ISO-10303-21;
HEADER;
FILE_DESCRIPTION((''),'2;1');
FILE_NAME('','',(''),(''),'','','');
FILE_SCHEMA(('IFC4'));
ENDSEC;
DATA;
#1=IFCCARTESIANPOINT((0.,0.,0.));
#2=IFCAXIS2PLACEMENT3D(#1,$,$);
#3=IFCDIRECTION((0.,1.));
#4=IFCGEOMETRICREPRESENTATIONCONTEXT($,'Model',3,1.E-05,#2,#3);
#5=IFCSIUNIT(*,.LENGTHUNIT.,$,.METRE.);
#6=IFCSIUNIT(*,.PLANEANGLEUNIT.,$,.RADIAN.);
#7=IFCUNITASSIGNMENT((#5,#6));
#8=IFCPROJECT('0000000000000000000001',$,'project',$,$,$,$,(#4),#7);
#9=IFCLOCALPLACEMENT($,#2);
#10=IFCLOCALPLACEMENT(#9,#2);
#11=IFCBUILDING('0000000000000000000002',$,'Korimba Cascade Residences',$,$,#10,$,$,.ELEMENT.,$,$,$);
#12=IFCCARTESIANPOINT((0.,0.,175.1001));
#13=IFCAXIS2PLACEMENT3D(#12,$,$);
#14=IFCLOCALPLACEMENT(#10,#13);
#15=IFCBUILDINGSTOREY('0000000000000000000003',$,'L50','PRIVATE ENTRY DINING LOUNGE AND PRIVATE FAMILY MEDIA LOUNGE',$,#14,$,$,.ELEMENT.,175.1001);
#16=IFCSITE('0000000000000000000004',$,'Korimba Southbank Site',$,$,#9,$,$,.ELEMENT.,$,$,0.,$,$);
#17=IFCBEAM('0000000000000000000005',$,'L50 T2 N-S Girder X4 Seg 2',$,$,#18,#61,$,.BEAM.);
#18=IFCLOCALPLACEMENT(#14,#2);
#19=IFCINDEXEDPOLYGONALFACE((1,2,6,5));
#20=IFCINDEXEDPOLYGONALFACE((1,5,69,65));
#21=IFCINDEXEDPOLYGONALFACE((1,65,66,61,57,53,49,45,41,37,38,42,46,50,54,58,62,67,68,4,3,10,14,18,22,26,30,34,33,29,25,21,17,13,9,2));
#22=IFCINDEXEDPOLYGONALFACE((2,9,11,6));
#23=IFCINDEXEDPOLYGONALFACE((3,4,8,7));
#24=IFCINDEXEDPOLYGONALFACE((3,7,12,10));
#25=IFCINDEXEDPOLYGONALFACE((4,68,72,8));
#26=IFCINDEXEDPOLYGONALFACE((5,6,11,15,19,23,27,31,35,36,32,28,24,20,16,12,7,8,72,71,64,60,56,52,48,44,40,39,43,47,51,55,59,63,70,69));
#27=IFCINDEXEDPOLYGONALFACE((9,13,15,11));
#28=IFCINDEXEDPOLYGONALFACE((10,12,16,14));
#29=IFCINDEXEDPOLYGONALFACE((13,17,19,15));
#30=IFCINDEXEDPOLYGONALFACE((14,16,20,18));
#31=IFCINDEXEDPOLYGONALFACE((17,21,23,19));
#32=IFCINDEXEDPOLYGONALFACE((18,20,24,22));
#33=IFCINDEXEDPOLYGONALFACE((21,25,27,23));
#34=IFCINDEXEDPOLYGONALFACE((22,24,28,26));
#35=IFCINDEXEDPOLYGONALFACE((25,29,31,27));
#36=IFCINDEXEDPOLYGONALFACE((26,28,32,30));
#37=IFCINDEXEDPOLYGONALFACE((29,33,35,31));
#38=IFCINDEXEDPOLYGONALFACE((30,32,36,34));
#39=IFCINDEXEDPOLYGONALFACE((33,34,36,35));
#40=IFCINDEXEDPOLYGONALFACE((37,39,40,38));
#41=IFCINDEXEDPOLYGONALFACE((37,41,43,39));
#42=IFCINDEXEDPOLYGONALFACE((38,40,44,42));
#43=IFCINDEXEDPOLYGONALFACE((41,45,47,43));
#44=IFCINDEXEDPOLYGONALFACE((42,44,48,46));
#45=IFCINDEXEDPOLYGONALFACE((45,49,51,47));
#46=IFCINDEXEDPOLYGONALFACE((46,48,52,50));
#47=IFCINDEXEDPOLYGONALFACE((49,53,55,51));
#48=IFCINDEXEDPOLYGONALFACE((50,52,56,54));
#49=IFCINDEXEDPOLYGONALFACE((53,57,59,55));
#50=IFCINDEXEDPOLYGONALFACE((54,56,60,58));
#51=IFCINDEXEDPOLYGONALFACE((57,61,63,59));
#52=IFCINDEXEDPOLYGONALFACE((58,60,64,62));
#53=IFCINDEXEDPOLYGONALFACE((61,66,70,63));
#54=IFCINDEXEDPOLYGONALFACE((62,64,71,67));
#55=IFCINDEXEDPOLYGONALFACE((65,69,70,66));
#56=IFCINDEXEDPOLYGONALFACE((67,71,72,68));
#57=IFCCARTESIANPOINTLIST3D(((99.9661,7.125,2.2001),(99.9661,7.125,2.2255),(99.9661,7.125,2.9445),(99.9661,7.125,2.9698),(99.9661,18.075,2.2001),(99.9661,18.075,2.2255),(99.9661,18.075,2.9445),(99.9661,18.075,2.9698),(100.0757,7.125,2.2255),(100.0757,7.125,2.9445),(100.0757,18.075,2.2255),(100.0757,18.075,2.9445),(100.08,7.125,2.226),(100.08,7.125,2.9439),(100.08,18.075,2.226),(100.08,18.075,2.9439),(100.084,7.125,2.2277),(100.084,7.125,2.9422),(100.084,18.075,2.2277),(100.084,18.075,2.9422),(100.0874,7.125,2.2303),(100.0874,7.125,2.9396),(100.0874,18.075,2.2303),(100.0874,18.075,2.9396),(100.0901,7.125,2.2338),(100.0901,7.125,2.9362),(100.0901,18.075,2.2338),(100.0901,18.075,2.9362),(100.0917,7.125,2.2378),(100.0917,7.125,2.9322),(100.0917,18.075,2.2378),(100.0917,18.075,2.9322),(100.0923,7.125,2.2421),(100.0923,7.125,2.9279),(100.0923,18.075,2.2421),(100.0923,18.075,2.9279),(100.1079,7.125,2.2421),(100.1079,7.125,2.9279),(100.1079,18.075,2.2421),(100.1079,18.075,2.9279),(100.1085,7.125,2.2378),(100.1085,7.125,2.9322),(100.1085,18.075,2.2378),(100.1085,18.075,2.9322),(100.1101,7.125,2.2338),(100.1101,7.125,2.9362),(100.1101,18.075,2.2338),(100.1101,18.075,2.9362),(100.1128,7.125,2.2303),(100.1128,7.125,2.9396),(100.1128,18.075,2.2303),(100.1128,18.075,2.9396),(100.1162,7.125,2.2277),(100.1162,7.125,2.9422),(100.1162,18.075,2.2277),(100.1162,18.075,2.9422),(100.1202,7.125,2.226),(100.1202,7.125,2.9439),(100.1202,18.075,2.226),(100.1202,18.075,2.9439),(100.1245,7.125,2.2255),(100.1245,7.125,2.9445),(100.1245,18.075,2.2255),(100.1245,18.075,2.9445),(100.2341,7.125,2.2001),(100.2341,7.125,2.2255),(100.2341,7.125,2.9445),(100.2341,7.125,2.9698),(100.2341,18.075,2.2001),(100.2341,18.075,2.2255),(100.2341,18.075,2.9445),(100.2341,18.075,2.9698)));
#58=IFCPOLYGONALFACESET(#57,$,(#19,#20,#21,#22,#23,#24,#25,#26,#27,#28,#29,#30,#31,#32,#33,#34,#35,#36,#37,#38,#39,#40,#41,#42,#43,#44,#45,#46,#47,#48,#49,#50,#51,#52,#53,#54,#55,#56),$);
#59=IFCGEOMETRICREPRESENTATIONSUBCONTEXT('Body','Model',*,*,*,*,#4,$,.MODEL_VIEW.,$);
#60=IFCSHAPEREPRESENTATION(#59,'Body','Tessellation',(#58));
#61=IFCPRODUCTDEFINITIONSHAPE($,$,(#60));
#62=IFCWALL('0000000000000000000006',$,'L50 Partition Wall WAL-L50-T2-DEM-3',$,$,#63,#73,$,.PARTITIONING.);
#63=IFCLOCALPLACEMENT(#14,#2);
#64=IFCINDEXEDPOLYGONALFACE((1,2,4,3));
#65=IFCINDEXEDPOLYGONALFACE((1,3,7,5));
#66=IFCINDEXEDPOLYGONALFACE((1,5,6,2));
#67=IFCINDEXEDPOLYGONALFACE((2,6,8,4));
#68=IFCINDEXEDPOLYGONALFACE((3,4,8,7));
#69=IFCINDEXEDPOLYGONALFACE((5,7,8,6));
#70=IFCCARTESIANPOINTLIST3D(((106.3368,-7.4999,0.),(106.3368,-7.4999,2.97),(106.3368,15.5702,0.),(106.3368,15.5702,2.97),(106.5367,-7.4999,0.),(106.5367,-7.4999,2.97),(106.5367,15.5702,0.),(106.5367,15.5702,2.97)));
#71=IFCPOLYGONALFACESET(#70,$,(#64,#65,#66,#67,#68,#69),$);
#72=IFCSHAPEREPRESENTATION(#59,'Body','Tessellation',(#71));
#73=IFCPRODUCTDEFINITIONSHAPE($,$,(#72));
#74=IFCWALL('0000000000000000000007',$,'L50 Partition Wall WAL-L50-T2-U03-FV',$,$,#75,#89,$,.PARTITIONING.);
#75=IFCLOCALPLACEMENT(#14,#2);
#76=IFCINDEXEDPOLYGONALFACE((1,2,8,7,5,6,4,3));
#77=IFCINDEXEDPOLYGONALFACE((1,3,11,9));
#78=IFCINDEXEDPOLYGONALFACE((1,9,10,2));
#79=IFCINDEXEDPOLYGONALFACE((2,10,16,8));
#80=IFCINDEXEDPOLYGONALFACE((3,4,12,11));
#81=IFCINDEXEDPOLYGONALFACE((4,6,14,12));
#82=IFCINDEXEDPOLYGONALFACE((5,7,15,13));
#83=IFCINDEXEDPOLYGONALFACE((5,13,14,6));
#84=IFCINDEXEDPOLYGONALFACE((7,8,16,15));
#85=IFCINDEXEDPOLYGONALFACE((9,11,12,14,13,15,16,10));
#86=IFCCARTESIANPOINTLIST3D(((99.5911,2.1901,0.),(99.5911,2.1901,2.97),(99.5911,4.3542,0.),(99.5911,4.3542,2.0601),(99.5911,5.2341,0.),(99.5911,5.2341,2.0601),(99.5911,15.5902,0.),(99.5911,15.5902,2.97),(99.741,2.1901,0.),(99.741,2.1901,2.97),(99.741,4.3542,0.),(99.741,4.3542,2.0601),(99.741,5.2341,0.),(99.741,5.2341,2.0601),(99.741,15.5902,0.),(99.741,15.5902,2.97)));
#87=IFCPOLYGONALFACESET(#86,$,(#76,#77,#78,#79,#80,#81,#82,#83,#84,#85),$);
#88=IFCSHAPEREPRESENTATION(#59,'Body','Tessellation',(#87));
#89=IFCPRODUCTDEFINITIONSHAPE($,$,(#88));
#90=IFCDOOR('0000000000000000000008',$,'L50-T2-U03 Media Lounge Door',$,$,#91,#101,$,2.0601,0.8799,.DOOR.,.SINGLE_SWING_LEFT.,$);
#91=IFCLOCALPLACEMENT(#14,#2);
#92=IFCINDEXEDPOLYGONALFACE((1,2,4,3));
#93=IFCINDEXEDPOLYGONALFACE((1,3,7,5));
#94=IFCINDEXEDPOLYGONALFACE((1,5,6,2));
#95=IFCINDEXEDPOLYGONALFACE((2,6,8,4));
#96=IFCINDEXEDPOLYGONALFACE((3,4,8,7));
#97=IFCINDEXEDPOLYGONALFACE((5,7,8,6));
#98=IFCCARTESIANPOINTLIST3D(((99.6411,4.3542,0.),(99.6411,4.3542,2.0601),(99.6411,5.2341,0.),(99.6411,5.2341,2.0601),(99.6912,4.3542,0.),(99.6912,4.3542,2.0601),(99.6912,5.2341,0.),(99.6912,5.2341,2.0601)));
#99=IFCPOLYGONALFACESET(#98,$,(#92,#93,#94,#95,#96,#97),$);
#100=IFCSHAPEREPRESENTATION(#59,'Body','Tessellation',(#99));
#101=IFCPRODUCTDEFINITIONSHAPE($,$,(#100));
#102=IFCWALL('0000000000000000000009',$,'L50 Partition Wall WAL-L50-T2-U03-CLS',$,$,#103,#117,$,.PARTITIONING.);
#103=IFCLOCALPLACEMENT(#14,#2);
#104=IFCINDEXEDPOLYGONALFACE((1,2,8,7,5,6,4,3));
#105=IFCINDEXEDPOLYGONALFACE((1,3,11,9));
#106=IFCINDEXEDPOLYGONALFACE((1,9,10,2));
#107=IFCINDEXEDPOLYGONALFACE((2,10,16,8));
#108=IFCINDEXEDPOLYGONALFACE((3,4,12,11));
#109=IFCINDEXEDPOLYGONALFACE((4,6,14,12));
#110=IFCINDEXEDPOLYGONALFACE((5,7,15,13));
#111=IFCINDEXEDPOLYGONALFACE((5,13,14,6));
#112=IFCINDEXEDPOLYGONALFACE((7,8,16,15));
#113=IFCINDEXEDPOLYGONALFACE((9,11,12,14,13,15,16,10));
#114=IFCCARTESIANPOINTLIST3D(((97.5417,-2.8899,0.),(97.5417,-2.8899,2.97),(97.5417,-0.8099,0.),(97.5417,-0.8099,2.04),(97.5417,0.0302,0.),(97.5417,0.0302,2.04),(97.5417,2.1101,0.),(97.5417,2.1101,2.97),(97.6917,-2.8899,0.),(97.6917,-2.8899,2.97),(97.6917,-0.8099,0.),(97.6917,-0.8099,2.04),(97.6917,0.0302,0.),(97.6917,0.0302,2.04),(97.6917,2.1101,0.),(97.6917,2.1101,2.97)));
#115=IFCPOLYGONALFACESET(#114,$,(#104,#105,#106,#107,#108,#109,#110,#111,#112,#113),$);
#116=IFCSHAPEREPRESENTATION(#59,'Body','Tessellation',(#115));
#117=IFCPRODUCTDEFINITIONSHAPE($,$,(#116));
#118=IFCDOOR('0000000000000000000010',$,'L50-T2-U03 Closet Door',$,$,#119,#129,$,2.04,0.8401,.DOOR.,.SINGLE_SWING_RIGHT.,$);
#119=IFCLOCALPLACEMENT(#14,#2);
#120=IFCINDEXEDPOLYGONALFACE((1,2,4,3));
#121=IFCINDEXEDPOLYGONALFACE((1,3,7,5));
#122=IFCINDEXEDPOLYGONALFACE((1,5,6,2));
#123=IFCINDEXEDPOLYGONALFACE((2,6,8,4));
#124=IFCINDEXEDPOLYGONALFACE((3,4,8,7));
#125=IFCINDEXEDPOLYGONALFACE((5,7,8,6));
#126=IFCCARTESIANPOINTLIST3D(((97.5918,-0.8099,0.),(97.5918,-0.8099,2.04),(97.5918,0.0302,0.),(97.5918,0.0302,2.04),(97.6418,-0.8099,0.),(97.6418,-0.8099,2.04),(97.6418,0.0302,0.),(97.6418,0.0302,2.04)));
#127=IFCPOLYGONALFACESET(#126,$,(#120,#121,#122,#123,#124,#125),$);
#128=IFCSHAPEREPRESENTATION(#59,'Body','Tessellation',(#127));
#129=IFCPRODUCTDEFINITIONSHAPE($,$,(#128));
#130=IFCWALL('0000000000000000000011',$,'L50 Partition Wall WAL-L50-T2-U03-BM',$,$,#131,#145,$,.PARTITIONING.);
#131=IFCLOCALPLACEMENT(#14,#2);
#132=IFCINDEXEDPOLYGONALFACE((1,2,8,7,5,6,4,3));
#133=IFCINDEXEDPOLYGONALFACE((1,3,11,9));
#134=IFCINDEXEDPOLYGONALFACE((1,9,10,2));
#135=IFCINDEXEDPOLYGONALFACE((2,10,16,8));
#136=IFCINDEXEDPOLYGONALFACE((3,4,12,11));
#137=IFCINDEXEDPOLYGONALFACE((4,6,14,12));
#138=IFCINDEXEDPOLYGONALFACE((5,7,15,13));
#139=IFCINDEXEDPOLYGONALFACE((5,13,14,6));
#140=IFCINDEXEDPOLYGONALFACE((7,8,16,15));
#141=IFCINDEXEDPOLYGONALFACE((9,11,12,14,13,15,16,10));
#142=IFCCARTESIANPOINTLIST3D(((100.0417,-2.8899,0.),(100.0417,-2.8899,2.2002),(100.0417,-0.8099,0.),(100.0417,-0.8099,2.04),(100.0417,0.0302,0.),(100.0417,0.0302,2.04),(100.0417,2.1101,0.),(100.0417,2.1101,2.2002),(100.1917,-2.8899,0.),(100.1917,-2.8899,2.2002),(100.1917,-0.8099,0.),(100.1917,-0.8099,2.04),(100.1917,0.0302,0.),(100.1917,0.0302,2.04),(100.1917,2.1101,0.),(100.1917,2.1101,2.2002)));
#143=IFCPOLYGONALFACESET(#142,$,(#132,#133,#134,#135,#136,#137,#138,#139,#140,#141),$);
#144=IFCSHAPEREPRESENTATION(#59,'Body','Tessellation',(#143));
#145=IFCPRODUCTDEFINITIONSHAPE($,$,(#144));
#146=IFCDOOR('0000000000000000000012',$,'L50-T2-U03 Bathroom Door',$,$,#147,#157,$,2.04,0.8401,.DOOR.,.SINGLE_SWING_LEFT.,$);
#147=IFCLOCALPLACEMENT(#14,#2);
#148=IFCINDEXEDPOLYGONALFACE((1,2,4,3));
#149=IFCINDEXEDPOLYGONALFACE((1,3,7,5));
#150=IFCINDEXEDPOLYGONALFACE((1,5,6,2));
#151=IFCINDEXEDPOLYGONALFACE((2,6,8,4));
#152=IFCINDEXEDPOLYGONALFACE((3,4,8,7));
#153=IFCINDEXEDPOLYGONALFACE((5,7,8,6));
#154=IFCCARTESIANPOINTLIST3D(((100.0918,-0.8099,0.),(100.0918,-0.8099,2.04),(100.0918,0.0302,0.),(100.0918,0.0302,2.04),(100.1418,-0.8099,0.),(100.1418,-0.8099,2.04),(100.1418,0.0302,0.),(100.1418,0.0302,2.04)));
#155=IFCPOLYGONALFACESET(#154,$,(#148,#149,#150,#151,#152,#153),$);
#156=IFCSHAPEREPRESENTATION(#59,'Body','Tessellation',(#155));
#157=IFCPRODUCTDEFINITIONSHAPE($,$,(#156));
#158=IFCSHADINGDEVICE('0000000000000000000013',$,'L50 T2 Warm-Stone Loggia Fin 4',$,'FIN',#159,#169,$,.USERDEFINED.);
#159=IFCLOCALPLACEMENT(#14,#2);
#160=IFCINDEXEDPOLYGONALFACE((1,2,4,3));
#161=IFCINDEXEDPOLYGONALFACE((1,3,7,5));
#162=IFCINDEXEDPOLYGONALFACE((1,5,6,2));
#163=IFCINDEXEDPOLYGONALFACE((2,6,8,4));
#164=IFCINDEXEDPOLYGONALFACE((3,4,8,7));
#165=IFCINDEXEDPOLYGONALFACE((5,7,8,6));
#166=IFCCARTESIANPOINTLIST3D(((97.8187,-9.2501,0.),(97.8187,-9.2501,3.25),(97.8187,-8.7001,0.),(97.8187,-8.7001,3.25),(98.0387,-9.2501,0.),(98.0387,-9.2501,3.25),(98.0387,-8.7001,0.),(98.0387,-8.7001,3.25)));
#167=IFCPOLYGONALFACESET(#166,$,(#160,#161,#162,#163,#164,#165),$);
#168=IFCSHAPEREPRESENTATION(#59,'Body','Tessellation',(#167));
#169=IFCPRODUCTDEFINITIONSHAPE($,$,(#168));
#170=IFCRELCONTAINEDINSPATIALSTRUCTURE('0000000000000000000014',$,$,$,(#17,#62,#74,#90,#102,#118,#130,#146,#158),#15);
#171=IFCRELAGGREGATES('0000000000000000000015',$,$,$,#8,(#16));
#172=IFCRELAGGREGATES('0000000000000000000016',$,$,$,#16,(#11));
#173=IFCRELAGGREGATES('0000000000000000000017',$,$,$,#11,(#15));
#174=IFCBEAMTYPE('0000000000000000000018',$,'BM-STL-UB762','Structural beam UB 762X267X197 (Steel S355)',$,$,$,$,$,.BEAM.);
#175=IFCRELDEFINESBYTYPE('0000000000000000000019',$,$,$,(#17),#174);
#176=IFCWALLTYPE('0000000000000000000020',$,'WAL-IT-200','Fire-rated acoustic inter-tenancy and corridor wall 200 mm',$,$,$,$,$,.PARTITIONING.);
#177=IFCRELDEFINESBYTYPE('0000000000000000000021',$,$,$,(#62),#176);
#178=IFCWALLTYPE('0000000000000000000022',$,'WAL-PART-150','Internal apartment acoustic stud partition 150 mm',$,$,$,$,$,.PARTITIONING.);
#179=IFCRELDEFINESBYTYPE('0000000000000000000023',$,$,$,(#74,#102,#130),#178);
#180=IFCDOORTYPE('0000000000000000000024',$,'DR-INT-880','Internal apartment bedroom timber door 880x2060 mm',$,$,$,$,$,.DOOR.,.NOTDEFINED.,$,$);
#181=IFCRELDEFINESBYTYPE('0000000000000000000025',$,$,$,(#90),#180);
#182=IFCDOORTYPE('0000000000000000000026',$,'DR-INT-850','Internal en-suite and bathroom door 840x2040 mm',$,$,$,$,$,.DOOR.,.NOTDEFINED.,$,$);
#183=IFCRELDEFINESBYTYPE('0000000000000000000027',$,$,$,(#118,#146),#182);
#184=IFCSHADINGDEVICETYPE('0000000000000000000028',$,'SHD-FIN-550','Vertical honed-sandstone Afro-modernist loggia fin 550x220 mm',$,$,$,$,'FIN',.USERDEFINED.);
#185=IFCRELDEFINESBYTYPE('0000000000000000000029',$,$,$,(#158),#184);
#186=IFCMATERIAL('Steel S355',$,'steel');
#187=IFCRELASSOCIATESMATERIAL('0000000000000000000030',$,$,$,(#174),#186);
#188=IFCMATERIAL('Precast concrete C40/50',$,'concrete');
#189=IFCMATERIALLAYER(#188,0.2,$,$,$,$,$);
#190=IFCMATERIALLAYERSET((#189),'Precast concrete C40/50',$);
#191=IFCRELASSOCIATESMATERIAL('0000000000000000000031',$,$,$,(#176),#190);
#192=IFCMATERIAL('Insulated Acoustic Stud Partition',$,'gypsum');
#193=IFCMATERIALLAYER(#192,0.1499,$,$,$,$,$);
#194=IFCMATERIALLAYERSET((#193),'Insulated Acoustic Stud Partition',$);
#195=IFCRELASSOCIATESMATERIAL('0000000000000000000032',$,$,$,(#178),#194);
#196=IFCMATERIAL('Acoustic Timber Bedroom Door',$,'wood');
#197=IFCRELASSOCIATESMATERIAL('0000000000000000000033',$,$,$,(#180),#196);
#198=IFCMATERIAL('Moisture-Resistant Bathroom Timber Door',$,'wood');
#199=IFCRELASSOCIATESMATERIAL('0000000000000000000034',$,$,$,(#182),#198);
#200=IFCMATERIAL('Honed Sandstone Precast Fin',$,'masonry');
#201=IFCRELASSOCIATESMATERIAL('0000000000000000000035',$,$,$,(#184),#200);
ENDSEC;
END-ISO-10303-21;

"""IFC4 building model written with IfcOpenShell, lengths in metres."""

from ifc_helpers import new_model, si_unit, direction, frame, frame_2d, origin, origin_2d, place, context, subcontext, project, spatial, rectangle, i_section, extrude, material, layer, layer_set, material_profile, profile_set, type_object, element, fill, save


model = new_model("IFC4")

# Units and contexts
model_context = context("Model", 3, precision=1e-05, world=origin(), true_north=direction((0.0, 1.0)))
body_context = subcontext(model_context, "Body", "Model", "MODEL_VIEW")
ifc_project = project(units=[si_unit("LENGTHUNIT", "METRE"), si_unit("PLANEANGLEUNIT", "RADIAN")], contexts=[model_context])

# Site, building, storey
site_placement = place(None, origin())
site = spatial("IfcSite", under=ifc_project, at=site_placement, Name="Korimba Southbank Site", CompositionType="ELEMENT", RefElevation=0.0)
building_placement = place(site_placement, origin())
building = spatial("IfcBuilding", under=site, at=building_placement, Name="Korimba Cascade Residences", CompositionType="ELEMENT")
storey_placement = place(building_placement, frame((0.0, 0.0, 175.1001)))
storey = spatial("IfcBuildingStorey", under=building, at=storey_placement, Name="L50", Description="PRIVATE ENTRY DINING LOUNGE AND PRIVATE FAMILY MEDIA LOUNGE", CompositionType="ELEMENT", Elevation=175.1001)

# Beam
ifc_material_1 = material(Name="Steel S355", Category="steel")
ifc_material_profile_1 = material_profile(ifc_material_1, i_section(OverallWidth=0.2681, OverallDepth=0.7698, WebThickness=0.0156, FlangeThickness=0.0254, FilletRadius=0.0166, at=origin_2d()), Name="Steel S355")
ifc_profile_set_1 = profile_set([ifc_material_profile_1], Name="Steel S355")
beam_type_1 = type_object("IfcBeamType", Name="BM-STL-UB762", Description="Structural beam UB 762X267X197 (Steel S355)", PredefinedType="BEAM", material=ifc_profile_set_1)
beam_1_placement = place(storey_placement, frame((100.1001, 7.125, 2.585), z_axis=(0.0, 1.0, 0.0), x_axis=(-1.0, 0.0, 0.0)))
element("IfcBeam", 1, at=beam_1_placement, inside=storey, type_object=beam_type_1, Name="L50 T2 N-S Girder X4 Seg 2", PredefinedType="BEAM", context=body_context, shape_type="SweptSolid", body=[
    extrude(i_section(OverallWidth=0.2681, OverallDepth=0.7698, WebThickness=0.0156, FlangeThickness=0.0254, FilletRadius=0.0166, at=origin_2d()), origin(), (0.0, 0.0, 1.0), 10.95),
])

# Wall
ifc_material_2 = material(Name="Precast concrete C40/50", Category="concrete")
ifc_layer_1 = layer(ifc_material_2, 0.2)
ifc_layer_set_1 = layer_set([ifc_layer_1], Name="Precast concrete C40/50")
wall_type_1 = type_object("IfcWallType", Name="WAL-IT-200", Description="Fire-rated acoustic inter-tenancy and corridor wall 200 mm", PredefinedType="PARTITIONING", material=ifc_layer_set_1)
wall_1_placement = place(storey_placement, frame((106.4368, -7.5, 0.0), z_axis=(0.0, 0.0, 1.0), x_axis=(0.0, 1.0, 0.0)))
element("IfcWall", 2, at=wall_1_placement, inside=storey, type_object=wall_type_1, Name="L50 Partition Wall WAL-L50-T2-DEM-3", PredefinedType="PARTITIONING", context=body_context, shape_type="SweptSolid", body=[
    extrude(rectangle(XDim=23.0701, YDim=0.2, at=frame_2d((11.5352, 0.0))), origin(), (0.0, 0.0, 1.0), 2.97),
])

# Walls, openings, doors
ifc_material_3 = material(Name="Insulated Acoustic Stud Partition", Category="gypsum")
ifc_layer_2 = layer(ifc_material_3, 0.1499)
ifc_layer_set_2 = layer_set([ifc_layer_2], Name="Insulated Acoustic Stud Partition")
wall_type_2 = type_object("IfcWallType", Name="WAL-PART-150", Description="Internal apartment acoustic stud partition 150 mm", PredefinedType="PARTITIONING", material=ifc_layer_set_2)
wall_2_placement = place(storey_placement, frame((99.666, 2.1899, 0.0), z_axis=(0.0, 0.0, 1.0), x_axis=(0.0, 1.0, 0.0)))
wall_2 = element("IfcWall", 3, at=wall_2_placement, inside=storey, type_object=wall_type_2, Name="L50 Partition Wall WAL-L50-T2-U03-FV", PredefinedType="PARTITIONING", context=body_context, shape_type="SweptSolid", body=[
    extrude(rectangle(XDim=13.4001, YDim=0.1499, at=frame_2d((6.7002, 0.0))), origin(), (0.0, 0.0, 1.0), 2.97),
])
opening_1_placement = place(wall_2_placement, frame((2.1643, 0.0, 0.0)))
opening_1 = element("IfcOpeningElement", 4, at=opening_1_placement, cuts=wall_2, PredefinedType="OPENING", context=body_context, shape_type="SweptSolid", body=[
    extrude(rectangle(XDim=0.8799, YDim=2.0601, at=frame_2d((0.4399, 1.03))), frame((0.0, 0.085, 0.0), z_axis=(0.0, -1.0, 0.0), x_axis=(1.0, 0.0, 0.0)), (0.0, 0.0, 1.0), 0.1699),
])
ifc_material_4 = material(Name="Acoustic Timber Bedroom Door", Category="wood")
door_type_1 = type_object("IfcDoorType", Name="DR-INT-880", Description="Internal apartment bedroom timber door 880x2060 mm", OperationType="NOTDEFINED", PredefinedType="DOOR", material=ifc_material_4)
door_1_placement = place(opening_1_placement, origin())
door_1 = element("IfcDoor", 5, at=door_1_placement, inside=storey, type_object=door_type_1, Name="L50-T2-U03 Media Lounge Door", OperationType="SINGLE_SWING_LEFT", OverallHeight=2.0601, OverallWidth=0.8799, PredefinedType="DOOR", context=body_context, shape_type="SweptSolid", body=[
    extrude(rectangle(XDim=0.8799, YDim=2.0601, at=frame_2d((0.4399, 1.03))), frame((0.0, 0.0249, 0.0), z_axis=(0.0, -1.0, 0.0), x_axis=(1.0, 0.0, 0.0)), (0.0, 0.0, 1.0), 0.05),
])
fill(opening_1, door_1)
wall_3_placement = place(storey_placement, frame((97.6167, -2.8899, 0.0), z_axis=(0.0, 0.0, 1.0), x_axis=(0.0, 1.0, 0.0)))
wall_3 = element("IfcWall", 6, at=wall_3_placement, inside=storey, type_object=wall_type_2, Name="L50 Partition Wall WAL-L50-T2-U03-CLS", PredefinedType="PARTITIONING", context=body_context, shape_type="SweptSolid", body=[
    extrude(rectangle(XDim=5.0, YDim=0.1499, at=frame_2d((2.5, 0.0))), origin(), (0.0, 0.0, 1.0), 2.97),
])
opening_2_placement = place(wall_3_placement, frame((2.0801, 0.0, 0.0)))
opening_2 = element("IfcOpeningElement", 7, at=opening_2_placement, cuts=wall_3, PredefinedType="OPENING", context=body_context, shape_type="SweptSolid", body=[
    extrude(rectangle(XDim=0.8401, YDim=2.04, at=frame_2d((0.4199, 1.02))), frame((0.0, 0.085, 0.0), z_axis=(0.0, -1.0, 0.0), x_axis=(1.0, 0.0, 0.0)), (0.0, 0.0, 1.0), 0.1699),
])
ifc_material_5 = material(Name="Moisture-Resistant Bathroom Timber Door", Category="wood")
door_type_2 = type_object("IfcDoorType", Name="DR-INT-850", Description="Internal en-suite and bathroom door 840x2040 mm", OperationType="NOTDEFINED", PredefinedType="DOOR", material=ifc_material_5)
door_2_placement = place(opening_2_placement, origin())
door_2 = element("IfcDoor", 8, at=door_2_placement, inside=storey, type_object=door_type_2, Name="L50-T2-U03 Closet Door", OperationType="SINGLE_SWING_RIGHT", OverallHeight=2.04, OverallWidth=0.8401, PredefinedType="DOOR", context=body_context, shape_type="SweptSolid", body=[
    extrude(rectangle(XDim=0.8401, YDim=2.04, at=frame_2d((0.4199, 1.02))), frame((0.0, 0.0249, 0.0), z_axis=(0.0, -1.0, 0.0), x_axis=(1.0, 0.0, 0.0)), (0.0, 0.0, 1.0), 0.05),
])
fill(opening_2, door_2)
wall_4_placement = place(storey_placement, frame((100.1167, -2.8899, 0.0), z_axis=(0.0, 0.0, 1.0), x_axis=(0.0, 1.0, 0.0)))
wall_4 = element("IfcWall", 9, at=wall_4_placement, inside=storey, type_object=wall_type_2, Name="L50 Partition Wall WAL-L50-T2-U03-BM", PredefinedType="PARTITIONING", context=body_context, shape_type="SweptSolid", body=[
    extrude(rectangle(XDim=5.0, YDim=0.1499, at=frame_2d((2.5, 0.0))), origin(), (0.0, 0.0, 1.0), 2.2002),
])
opening_3_placement = place(wall_4_placement, frame((2.0801, 0.0, 0.0)))
opening_3 = element("IfcOpeningElement", 10, at=opening_3_placement, cuts=wall_4, PredefinedType="OPENING", context=body_context, shape_type="SweptSolid", body=[
    extrude(rectangle(XDim=0.8401, YDim=2.04, at=frame_2d((0.4199, 1.02))), frame((0.0, 0.085, 0.0), z_axis=(0.0, -1.0, 0.0), x_axis=(1.0, 0.0, 0.0)), (0.0, 0.0, 1.0), 0.1699),
])
door_3_placement = place(opening_3_placement, origin())
door_3 = element("IfcDoor", 11, at=door_3_placement, inside=storey, type_object=door_type_2, Name="L50-T2-U03 Bathroom Door", OperationType="SINGLE_SWING_LEFT", OverallHeight=2.04, OverallWidth=0.8401, PredefinedType="DOOR", context=body_context, shape_type="SweptSolid", body=[
    extrude(rectangle(XDim=0.8401, YDim=2.04, at=frame_2d((0.4199, 1.02))), frame((0.0, 0.0249, 0.0), z_axis=(0.0, -1.0, 0.0), x_axis=(1.0, 0.0, 0.0)), (0.0, 0.0, 1.0), 0.05),
])
fill(opening_3, door_3)

# Shading device
ifc_material_6 = material(Name="Honed Sandstone Precast Fin", Category="masonry")
shading_device_type = type_object("IfcShadingDeviceType", Name="SHD-FIN-550", Description="Vertical honed-sandstone Afro-modernist loggia fin 550x220 mm", ElementType="FIN", PredefinedType="USERDEFINED", material=ifc_material_6)
for number, where, z_axis, x_axis, name in (
    (12, (97.9287, -8.9751, 0.0), (0.0, 0.0, 1.0), (1.0, 0.0, 0.0), "L50 T2 Warm-Stone Loggia Fin 4"),
):
    element("IfcShadingDevice", number, at=place(storey_placement, frame(where, z_axis=z_axis, x_axis=x_axis)), inside=storey, type_object=shading_device_type, Name=name, ObjectType="FIN", PredefinedType="USERDEFINED", context=body_context, shape_type="SweptSolid", body=[
        extrude(rectangle(XDim=0.22, YDim=0.55, at=origin_2d()), origin(), (0.0, 0.0, 1.0), 3.25),
    ])

save(model, "model.ifc")
